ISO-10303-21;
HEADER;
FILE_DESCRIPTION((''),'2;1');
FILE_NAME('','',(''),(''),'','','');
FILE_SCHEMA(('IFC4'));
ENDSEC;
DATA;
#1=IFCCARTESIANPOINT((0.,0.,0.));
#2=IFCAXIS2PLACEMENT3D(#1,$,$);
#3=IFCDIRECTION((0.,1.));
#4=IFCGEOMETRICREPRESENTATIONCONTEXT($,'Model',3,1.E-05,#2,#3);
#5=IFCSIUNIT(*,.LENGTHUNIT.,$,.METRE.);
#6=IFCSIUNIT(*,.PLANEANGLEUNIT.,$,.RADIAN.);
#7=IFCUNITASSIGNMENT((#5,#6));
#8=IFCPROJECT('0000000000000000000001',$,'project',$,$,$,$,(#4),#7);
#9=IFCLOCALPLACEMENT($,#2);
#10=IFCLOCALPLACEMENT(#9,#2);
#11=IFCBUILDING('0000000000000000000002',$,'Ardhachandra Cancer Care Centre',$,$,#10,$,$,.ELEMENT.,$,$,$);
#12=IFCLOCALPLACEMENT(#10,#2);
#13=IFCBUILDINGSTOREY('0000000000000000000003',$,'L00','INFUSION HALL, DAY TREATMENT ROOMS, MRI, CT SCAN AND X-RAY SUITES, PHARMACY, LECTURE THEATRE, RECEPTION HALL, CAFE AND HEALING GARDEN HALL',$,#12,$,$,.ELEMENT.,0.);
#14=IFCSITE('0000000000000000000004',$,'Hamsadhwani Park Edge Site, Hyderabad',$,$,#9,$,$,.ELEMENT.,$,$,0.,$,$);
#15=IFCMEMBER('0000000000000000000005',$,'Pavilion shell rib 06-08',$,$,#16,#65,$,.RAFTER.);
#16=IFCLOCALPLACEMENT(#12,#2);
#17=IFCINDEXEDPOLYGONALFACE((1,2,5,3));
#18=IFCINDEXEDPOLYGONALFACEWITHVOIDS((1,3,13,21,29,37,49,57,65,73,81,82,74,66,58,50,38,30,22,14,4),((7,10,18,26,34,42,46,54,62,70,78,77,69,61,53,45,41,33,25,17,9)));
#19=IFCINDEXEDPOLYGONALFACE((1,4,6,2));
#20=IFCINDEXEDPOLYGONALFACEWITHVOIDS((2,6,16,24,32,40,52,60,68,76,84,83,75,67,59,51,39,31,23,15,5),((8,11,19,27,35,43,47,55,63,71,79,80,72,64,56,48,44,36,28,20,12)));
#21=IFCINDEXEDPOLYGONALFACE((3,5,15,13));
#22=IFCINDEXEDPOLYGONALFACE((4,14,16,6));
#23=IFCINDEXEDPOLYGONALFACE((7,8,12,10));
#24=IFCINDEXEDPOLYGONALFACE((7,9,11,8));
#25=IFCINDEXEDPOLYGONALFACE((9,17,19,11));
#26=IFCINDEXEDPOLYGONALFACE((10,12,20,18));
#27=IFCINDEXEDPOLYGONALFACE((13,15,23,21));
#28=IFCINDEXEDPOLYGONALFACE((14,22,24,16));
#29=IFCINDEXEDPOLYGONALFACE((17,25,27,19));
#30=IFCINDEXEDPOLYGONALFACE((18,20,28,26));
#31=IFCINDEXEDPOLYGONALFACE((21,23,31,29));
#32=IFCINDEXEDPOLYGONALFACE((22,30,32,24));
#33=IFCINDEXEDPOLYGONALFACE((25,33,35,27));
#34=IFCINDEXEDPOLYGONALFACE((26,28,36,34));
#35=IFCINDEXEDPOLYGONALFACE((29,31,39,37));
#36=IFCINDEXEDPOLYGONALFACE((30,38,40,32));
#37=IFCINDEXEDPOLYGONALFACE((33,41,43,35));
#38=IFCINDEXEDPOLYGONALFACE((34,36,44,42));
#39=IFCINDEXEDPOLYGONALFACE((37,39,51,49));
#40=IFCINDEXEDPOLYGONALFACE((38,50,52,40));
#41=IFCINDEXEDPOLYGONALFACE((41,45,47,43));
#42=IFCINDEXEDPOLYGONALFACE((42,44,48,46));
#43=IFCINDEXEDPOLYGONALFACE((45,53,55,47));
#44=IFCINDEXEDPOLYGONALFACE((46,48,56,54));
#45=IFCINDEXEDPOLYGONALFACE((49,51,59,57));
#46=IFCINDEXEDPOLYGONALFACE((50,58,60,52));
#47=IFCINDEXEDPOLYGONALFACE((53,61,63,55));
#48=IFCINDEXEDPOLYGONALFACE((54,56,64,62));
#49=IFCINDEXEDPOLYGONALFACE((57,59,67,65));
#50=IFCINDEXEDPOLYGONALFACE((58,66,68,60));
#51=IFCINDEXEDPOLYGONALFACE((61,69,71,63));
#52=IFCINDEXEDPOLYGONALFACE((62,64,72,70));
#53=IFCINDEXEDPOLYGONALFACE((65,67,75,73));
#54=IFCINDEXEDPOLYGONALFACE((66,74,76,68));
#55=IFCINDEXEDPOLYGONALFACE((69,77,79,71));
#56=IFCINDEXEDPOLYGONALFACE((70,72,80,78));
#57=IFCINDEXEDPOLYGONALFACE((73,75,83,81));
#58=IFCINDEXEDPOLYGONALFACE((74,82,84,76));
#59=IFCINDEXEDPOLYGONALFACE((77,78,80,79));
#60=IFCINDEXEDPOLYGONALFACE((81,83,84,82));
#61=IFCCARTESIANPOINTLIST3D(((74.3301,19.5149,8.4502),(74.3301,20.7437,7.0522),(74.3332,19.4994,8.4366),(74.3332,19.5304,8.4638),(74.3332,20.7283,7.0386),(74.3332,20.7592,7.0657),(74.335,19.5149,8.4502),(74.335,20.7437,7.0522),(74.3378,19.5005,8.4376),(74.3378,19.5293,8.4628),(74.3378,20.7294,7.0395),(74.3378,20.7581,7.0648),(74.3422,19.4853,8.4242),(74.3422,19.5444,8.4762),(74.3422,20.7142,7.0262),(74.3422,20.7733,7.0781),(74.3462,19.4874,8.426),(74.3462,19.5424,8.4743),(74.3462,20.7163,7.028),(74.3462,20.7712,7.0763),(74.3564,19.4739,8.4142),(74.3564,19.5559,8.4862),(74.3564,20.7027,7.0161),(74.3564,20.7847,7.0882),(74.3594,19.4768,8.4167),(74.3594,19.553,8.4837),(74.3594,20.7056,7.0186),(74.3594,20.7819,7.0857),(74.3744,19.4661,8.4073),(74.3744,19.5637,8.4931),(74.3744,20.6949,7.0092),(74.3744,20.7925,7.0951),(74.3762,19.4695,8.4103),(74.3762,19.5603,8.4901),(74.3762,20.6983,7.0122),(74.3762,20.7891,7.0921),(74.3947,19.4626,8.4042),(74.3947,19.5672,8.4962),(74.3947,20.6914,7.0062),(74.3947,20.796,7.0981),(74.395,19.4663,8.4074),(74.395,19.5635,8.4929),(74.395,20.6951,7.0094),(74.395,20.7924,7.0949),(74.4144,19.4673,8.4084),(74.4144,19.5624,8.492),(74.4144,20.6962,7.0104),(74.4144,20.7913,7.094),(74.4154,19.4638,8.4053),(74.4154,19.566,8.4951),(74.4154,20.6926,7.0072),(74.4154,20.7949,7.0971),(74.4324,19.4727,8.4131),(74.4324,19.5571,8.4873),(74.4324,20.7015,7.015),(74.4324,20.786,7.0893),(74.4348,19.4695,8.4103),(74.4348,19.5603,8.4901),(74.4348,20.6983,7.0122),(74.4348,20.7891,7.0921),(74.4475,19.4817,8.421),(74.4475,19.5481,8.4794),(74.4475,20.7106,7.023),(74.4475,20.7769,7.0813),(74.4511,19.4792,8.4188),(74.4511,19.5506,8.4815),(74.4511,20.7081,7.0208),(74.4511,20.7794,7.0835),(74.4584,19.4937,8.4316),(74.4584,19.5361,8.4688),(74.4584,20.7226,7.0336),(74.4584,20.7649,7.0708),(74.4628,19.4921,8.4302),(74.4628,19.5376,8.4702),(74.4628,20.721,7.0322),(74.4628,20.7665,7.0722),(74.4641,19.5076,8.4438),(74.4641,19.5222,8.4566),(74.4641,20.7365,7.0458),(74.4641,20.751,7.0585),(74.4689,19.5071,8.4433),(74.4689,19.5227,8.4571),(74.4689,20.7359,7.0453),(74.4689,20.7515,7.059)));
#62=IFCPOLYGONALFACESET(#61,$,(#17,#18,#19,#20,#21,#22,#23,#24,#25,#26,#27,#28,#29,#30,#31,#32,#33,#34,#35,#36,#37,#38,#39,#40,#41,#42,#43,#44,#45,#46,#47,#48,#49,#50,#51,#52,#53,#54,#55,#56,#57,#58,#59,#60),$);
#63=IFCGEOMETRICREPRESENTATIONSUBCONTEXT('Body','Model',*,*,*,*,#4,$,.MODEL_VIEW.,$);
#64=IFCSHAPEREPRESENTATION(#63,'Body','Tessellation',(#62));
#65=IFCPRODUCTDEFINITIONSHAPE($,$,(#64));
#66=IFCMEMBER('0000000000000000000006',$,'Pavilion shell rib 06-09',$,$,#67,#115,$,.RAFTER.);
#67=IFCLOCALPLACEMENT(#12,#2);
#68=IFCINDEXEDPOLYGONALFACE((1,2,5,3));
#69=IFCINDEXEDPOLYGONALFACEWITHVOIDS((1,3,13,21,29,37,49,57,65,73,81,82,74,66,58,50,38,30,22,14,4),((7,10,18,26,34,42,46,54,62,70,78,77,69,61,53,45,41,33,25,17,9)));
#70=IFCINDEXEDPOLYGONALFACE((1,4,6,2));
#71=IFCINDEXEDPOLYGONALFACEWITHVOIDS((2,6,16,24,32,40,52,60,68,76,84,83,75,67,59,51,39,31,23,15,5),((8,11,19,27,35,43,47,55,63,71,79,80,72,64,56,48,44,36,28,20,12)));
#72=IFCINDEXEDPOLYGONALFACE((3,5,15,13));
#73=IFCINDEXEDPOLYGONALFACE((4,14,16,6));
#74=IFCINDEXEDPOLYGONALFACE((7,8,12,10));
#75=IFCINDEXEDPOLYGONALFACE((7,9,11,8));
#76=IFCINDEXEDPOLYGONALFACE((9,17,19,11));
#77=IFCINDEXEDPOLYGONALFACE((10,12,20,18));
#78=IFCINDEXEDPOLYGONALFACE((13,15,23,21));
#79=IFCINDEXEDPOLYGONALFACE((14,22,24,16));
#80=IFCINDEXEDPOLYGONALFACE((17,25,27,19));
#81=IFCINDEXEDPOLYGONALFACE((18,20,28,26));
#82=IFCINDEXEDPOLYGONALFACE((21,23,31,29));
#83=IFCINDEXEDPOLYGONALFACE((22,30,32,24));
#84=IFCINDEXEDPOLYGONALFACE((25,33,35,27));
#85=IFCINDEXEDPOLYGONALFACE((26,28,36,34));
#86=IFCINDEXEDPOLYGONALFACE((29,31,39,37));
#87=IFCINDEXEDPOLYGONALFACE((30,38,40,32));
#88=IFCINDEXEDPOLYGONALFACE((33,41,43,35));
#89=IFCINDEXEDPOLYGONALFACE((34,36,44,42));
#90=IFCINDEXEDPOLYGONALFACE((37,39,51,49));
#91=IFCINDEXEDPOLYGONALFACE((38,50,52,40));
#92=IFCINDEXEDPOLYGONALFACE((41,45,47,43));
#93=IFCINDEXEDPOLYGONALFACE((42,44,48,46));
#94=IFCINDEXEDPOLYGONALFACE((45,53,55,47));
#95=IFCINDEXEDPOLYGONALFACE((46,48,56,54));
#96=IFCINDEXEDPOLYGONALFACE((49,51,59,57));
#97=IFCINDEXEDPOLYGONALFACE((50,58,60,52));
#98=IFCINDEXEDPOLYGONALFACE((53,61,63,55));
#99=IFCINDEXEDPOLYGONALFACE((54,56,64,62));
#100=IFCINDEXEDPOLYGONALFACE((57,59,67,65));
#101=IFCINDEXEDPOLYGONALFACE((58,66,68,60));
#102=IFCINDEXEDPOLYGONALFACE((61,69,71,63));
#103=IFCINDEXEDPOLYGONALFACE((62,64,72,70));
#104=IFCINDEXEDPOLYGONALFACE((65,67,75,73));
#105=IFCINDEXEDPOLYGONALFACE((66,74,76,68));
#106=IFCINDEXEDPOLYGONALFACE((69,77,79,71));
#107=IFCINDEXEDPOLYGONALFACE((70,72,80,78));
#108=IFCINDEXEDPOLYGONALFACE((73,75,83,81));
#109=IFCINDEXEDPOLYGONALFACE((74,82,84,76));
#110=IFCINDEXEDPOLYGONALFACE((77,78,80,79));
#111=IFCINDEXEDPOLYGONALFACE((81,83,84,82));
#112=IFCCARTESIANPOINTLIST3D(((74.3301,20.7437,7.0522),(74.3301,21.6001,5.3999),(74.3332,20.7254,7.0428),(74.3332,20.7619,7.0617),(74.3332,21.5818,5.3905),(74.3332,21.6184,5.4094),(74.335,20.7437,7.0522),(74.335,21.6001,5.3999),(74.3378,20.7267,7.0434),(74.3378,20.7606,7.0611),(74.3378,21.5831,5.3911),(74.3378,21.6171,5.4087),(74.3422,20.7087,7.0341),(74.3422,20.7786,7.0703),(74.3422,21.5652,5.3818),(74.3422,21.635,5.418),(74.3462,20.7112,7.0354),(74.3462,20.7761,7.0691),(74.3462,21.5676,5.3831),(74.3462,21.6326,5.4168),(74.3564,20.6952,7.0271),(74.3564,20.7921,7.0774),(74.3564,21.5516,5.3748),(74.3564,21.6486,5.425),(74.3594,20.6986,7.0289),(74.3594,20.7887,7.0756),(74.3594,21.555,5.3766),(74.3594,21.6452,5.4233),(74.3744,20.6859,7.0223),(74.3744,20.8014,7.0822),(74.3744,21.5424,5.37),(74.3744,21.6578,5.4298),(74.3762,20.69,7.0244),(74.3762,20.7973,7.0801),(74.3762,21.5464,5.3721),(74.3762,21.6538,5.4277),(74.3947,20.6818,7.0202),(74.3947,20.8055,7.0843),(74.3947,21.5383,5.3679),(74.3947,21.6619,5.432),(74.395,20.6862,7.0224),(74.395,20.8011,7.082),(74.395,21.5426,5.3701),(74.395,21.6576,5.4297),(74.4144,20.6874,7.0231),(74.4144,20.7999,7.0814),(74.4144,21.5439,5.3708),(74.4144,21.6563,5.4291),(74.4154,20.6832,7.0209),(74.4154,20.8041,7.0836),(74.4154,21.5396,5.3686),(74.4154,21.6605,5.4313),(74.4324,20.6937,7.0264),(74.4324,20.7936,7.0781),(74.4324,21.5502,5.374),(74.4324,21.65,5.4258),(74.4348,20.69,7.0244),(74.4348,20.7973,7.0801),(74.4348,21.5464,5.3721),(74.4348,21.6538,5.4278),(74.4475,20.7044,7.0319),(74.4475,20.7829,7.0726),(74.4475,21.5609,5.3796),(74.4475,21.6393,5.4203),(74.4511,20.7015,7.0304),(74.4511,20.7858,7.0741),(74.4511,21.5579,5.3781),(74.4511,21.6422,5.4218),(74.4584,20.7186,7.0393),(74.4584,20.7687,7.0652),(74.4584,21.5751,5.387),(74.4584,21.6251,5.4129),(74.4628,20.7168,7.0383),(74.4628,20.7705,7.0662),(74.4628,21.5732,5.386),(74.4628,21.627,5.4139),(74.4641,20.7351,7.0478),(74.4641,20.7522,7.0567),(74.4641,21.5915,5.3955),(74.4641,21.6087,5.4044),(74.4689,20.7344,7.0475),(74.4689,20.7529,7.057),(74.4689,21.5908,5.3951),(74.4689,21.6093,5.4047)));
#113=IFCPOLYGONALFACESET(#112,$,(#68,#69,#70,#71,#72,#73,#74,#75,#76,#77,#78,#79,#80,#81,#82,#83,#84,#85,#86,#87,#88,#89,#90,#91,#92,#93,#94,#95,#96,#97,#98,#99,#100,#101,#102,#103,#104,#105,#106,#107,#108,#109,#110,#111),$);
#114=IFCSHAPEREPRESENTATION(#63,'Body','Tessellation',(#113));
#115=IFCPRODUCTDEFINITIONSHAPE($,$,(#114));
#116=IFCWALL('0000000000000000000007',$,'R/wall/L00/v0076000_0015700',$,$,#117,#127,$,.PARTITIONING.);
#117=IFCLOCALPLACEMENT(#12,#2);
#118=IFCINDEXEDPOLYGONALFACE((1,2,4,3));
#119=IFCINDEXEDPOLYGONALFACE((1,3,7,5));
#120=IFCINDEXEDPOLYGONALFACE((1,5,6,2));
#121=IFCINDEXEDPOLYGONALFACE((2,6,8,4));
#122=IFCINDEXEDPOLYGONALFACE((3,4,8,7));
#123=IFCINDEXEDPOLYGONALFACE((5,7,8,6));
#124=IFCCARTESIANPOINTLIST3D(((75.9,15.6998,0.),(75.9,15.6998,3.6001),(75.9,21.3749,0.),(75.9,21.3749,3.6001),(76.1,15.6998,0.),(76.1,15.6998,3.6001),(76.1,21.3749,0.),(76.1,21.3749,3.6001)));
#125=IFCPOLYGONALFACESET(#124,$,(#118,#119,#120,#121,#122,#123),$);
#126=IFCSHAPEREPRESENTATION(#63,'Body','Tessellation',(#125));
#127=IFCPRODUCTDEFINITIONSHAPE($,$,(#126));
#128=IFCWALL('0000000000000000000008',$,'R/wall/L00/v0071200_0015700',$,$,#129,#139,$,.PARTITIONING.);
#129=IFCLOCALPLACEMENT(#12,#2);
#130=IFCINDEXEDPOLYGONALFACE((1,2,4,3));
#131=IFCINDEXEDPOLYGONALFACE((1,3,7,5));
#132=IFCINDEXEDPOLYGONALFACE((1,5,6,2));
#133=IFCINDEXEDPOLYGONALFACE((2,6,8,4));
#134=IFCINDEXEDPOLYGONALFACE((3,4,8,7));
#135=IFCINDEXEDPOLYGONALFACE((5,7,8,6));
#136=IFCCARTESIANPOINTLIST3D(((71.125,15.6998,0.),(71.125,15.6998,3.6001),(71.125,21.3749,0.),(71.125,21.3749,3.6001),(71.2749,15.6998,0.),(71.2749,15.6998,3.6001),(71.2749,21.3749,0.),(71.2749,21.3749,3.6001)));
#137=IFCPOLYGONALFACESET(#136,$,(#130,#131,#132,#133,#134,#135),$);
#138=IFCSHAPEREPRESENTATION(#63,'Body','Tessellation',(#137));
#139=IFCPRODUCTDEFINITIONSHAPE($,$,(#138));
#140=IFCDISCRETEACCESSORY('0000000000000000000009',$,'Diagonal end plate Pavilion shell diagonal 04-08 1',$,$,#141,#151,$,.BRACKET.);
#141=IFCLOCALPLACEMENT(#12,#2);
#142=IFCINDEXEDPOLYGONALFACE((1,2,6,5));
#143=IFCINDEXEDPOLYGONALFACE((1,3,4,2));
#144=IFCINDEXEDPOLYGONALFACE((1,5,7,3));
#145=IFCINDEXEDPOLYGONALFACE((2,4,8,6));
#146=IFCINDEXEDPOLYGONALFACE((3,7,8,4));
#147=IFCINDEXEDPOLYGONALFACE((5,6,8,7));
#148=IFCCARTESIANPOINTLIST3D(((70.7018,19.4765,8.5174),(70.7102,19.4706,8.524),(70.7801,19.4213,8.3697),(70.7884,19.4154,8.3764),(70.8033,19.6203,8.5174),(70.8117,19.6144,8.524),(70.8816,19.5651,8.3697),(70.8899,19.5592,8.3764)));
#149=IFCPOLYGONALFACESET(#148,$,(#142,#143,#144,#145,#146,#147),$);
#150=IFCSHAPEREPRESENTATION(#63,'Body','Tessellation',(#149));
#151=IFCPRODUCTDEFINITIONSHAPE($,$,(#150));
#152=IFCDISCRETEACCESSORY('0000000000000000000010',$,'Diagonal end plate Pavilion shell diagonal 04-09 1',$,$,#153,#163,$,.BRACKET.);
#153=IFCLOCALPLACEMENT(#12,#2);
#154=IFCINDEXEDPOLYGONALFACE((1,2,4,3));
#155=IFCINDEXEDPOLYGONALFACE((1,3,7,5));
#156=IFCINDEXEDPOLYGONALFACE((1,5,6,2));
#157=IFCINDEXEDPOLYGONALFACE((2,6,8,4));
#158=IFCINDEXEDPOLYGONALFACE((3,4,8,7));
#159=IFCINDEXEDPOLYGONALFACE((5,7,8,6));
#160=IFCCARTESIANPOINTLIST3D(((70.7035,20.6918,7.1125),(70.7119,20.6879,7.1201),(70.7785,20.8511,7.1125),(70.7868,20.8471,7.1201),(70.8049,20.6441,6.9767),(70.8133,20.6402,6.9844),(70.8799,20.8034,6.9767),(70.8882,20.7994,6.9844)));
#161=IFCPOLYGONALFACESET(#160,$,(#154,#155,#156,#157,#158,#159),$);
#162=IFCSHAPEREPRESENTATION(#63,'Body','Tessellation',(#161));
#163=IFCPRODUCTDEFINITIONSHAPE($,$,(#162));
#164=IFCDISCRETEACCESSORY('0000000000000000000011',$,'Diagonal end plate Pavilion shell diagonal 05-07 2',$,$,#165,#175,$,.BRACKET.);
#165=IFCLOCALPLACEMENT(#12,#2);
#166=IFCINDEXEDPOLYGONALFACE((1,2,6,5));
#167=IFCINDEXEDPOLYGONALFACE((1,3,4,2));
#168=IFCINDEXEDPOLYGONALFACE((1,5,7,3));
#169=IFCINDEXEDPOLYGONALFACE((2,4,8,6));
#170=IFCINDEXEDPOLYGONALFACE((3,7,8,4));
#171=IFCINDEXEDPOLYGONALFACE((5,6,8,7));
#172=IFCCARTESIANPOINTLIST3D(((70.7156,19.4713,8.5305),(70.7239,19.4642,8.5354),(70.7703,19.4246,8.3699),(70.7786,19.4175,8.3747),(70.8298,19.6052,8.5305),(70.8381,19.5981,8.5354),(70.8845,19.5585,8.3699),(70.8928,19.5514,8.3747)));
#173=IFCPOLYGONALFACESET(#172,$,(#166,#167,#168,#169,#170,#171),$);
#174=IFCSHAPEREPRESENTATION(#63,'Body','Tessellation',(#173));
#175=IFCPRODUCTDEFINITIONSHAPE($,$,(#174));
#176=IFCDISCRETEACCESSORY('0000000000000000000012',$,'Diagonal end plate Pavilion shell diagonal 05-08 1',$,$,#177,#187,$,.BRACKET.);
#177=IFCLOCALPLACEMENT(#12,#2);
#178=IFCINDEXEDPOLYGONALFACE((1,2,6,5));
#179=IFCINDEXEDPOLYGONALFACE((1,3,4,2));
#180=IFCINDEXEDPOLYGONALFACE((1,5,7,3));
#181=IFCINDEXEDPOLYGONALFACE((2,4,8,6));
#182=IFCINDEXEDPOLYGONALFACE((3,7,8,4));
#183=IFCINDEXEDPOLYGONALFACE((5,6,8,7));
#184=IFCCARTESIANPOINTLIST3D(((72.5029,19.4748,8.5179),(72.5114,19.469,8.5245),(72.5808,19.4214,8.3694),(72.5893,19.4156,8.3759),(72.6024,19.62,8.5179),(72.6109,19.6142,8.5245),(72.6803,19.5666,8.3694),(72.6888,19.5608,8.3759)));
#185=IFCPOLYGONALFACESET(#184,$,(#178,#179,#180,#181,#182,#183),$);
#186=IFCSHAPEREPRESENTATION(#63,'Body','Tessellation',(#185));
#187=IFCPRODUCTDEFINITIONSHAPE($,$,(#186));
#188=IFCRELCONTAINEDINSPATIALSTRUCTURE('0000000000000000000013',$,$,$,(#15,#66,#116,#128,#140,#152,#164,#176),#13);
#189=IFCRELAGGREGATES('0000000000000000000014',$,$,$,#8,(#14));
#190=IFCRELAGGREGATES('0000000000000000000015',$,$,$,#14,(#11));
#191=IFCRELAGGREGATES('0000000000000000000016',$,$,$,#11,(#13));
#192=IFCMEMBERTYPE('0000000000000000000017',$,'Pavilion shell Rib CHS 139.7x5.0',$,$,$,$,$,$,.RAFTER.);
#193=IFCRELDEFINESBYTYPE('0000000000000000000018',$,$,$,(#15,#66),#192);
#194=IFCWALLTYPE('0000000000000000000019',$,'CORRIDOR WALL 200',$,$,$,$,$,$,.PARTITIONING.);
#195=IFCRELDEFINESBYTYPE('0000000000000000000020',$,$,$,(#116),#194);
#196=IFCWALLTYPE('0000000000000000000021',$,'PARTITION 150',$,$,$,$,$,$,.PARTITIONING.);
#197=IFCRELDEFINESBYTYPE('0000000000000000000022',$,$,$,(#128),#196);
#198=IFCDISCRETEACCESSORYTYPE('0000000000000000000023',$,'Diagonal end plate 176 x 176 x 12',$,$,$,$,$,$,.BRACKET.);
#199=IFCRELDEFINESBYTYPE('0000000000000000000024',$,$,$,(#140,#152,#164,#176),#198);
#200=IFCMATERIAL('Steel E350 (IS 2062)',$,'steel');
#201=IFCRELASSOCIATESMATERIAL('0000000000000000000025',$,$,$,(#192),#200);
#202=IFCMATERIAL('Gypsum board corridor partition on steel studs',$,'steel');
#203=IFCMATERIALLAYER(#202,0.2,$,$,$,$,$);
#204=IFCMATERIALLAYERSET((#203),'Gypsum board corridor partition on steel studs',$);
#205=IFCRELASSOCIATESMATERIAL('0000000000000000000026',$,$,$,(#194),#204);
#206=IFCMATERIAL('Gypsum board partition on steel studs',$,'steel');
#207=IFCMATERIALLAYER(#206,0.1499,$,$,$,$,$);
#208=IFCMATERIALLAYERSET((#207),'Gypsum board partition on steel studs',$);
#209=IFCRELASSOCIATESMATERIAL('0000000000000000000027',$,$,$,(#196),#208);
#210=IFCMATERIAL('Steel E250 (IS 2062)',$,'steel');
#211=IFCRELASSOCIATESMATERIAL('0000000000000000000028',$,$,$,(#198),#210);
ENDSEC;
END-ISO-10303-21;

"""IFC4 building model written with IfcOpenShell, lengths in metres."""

from ifc_helpers import new_model, si_unit, direction, frame, frame_2d, origin, origin_2d, place, context, subcontext, project, spatial, rectangle, hollow_circle, extrude, material, layer, layer_set, material_profile, profile_set, type_object, element, save


model = new_model("IFC4")

# Units and contexts
model_context = context("Model", 3, precision=1e-05, world=origin(), true_north=direction((0.0, 1.0)))
body_context = subcontext(model_context, "Body", "Model", "MODEL_VIEW")
ifc_project = project(units=[si_unit("LENGTHUNIT", "METRE"), si_unit("PLANEANGLEUNIT", "RADIAN")], contexts=[model_context])

# Site, building, storey
site_placement = place(None, origin())
site = spatial("IfcSite", under=ifc_project, at=site_placement, Name="Hamsadhwani Park Edge Site, Hyderabad", CompositionType="ELEMENT", RefElevation=0.0)
building_placement = place(site_placement, origin())
building = spatial("IfcBuilding", under=site, at=building_placement, Name="Ardhachandra Cancer Care Centre", CompositionType="ELEMENT")
storey_placement = place(building_placement, origin())
storey = spatial("IfcBuildingStorey", under=building, at=storey_placement, Name="L00", Description="INFUSION HALL, DAY TREATMENT ROOMS, MRI, CT SCAN AND X-RAY SUITES, PHARMACY, LECTURE THEATRE, RECEPTION HALL, CAFE AND HEALING GARDEN HALL", CompositionType="ELEMENT", Elevation=0.0)

# Members
ifc_material_1 = material(Name="Steel E350 (IS 2062)", Category="steel")
ifc_material_profile_1 = material_profile(ifc_material_1, hollow_circle(Radius=0.0698, WallThickness=0.0049, at=origin_2d()), Name="CHS 139.7x5.0")
ifc_profile_set_1 = profile_set([ifc_material_profile_1], Name="Steel E350 (IS 2062)")
member_type_1 = type_object("IfcMemberType", Name="Pavilion shell Rib CHS 139.7x5.0", PredefinedType="RAFTER", material=ifc_profile_set_1)
member_1_placement = place(storey_placement, frame((74.3999, 19.5149, 8.4502), z_axis=(0.0, 0.660193, -0.751096), x_axis=(-1.0, 0.0, 0.0)))
element("IfcMember", 1, at=member_1_placement, inside=storey, type_object=member_type_1, Name="Pavilion shell rib 06-08", PredefinedType="RAFTER", context=body_context, shape_type="SweptSolid", body=[
    extrude(hollow_circle(Radius=0.0698, WallThickness=0.0049, at=origin_2d()), origin(), (0.0, 0.0, 1.0), 1.8613),
])
member_2_placement = place(storey_placement, frame((74.3999, 20.7437, 7.0522), z_axis=(0.0, 0.460179, -0.887826), x_axis=(-1.0, 0.0, 0.0)))
element("IfcMember", 2, at=member_2_placement, inside=storey, type_object=member_type_1, Name="Pavilion shell rib 06-09", PredefinedType="RAFTER", context=body_context, shape_type="SweptSolid", body=[
    extrude(hollow_circle(Radius=0.0698, WallThickness=0.0049, at=origin_2d()), origin(), (0.0, 0.0, 1.0), 1.8611),
])

# Walls
ifc_material_2 = material(Name="Gypsum board corridor partition on steel studs", Category="steel")
ifc_layer_1 = layer(ifc_material_2, 0.2)
ifc_layer_set_1 = layer_set([ifc_layer_1], Name="Gypsum board corridor partition on steel studs")
wall_type_1 = type_object("IfcWallType", Name="CORRIDOR WALL 200", PredefinedType="PARTITIONING", material=ifc_layer_set_1)
wall_1_placement = place(storey_placement, frame((76.0, 15.7, 0.0), z_axis=(0.0, 0.0, 1.0), x_axis=(0.0, 1.0, 0.0)))
element("IfcWall", 3, at=wall_1_placement, inside=storey, type_object=wall_type_1, Name="R/wall/L00/v0076000_0015700", PredefinedType="PARTITIONING", context=body_context, shape_type="SweptSolid", body=[
    extrude(rectangle(XDim=5.675, YDim=0.2, at=frame_2d((2.8374, 0.0))), origin(), (0.0, 0.0, 1.0), 3.6001),
])
ifc_material_3 = material(Name="Gypsum board partition on steel studs", Category="steel")
ifc_layer_2 = layer(ifc_material_3, 0.1499)
ifc_layer_set_2 = layer_set([ifc_layer_2], Name="Gypsum board partition on steel studs")
wall_type_2 = type_object("IfcWallType", Name="PARTITION 150", PredefinedType="PARTITIONING", material=ifc_layer_set_2)
wall_2_placement = place(storey_placement, frame((71.2, 15.7, 0.0), z_axis=(0.0, 0.0, 1.0), x_axis=(0.0, 1.0, 0.0)))
element("IfcWall", 4, at=wall_2_placement, inside=storey, type_object=wall_type_2, Name="R/wall/L00/v0071200_0015700", PredefinedType="PARTITIONING", context=body_context, shape_type="SweptSolid", body=[
    extrude(rectangle(XDim=5.675, YDim=0.1499, at=frame_2d((2.8374, 0.0))), origin(), (0.0, 0.0, 1.0), 3.6001),
])

# Discrete accessories
ifc_material_4 = material(Name="Steel E250 (IS 2062)", Category="steel")
ifc_material_profile_2 = material_profile(ifc_material_4, rectangle(XDim=0.176, YDim=0.176, at=origin_2d()), Name="PL 176x176x12")
ifc_profile_set_2 = profile_set([ifc_material_profile_2], Name="Steel E250 (IS 2062)")
discrete_accessory_type = type_object("IfcDiscreteAccessoryType", Name="Diagonal end plate 176 x 176 x 12", PredefinedType="BRACKET", material=ifc_profile_set_2)
discrete_accessory_1_placement = place(storey_placement, frame((70.8, 19.5149, 8.4502), z_axis=(-0.685367, 0.483788, -0.544262), x_axis=(-0.576683, -0.816968, 0.0)))
element("IfcDiscreteAccessory", 5, at=discrete_accessory_1_placement, inside=storey, type_object=discrete_accessory_type, Name="Diagonal end plate Pavilion shell diagonal 04-08 1", PredefinedType="BRACKET", context=body_context, shape_type="SweptSolid", body=[
    extrude(rectangle(XDim=0.176, YDim=0.176, at=origin_2d()), origin(), (0.0, 0.0, 1.0), 0.0122),
])
for number, where, z_axis, x_axis, name in (
    (6, (70.8, 20.7437, 7.0522), (-0.697959, 0.328451, -0.636375), (-0.425797, -0.904819, 0.0), "Diagonal end plate Pavilion shell diagonal 04-09 1"),
    (7, (70.8, 19.5149, 8.4502), (0.694456, -0.59233, 0.408504), (0.648947, 0.760834, 0.0), "Diagonal end plate Pavilion shell diagonal 05-07 2"),
):
    element("IfcDiscreteAccessory", number, at=place(storey_placement, frame(where, z_axis=z_axis, x_axis=x_axis)), inside=storey, type_object=discrete_accessory_type, Name=name, PredefinedType="BRACKET", context=body_context, shape_type="SweptSolid", body=[
        extrude(rectangle(XDim=0.176, YDim=0.176, at=origin_2d()), origin(), (0.0, 0.0, 1.0), 0.012),
    ])
for number, where, z_axis, x_axis, name in (
    (8, (72.6001, 19.5149, 8.4502), (-0.695837, 0.477146, -0.536789), (-0.565528, -0.824729, 0.0), "Diagonal end plate Pavilion shell diagonal 05-08 1"),
):
    element("IfcDiscreteAccessory", number, at=place(storey_placement, frame(where, z_axis=z_axis, x_axis=x_axis)), inside=storey, type_object=discrete_accessory_type, Name=name, PredefinedType="BRACKET", context=body_context, shape_type="SweptSolid", body=[
        extrude(rectangle(XDim=0.176, YDim=0.176, at=origin_2d()), origin(), (0.0, 0.0, 1.0), 0.0122),
    ])

save(model, "model.ifc")
